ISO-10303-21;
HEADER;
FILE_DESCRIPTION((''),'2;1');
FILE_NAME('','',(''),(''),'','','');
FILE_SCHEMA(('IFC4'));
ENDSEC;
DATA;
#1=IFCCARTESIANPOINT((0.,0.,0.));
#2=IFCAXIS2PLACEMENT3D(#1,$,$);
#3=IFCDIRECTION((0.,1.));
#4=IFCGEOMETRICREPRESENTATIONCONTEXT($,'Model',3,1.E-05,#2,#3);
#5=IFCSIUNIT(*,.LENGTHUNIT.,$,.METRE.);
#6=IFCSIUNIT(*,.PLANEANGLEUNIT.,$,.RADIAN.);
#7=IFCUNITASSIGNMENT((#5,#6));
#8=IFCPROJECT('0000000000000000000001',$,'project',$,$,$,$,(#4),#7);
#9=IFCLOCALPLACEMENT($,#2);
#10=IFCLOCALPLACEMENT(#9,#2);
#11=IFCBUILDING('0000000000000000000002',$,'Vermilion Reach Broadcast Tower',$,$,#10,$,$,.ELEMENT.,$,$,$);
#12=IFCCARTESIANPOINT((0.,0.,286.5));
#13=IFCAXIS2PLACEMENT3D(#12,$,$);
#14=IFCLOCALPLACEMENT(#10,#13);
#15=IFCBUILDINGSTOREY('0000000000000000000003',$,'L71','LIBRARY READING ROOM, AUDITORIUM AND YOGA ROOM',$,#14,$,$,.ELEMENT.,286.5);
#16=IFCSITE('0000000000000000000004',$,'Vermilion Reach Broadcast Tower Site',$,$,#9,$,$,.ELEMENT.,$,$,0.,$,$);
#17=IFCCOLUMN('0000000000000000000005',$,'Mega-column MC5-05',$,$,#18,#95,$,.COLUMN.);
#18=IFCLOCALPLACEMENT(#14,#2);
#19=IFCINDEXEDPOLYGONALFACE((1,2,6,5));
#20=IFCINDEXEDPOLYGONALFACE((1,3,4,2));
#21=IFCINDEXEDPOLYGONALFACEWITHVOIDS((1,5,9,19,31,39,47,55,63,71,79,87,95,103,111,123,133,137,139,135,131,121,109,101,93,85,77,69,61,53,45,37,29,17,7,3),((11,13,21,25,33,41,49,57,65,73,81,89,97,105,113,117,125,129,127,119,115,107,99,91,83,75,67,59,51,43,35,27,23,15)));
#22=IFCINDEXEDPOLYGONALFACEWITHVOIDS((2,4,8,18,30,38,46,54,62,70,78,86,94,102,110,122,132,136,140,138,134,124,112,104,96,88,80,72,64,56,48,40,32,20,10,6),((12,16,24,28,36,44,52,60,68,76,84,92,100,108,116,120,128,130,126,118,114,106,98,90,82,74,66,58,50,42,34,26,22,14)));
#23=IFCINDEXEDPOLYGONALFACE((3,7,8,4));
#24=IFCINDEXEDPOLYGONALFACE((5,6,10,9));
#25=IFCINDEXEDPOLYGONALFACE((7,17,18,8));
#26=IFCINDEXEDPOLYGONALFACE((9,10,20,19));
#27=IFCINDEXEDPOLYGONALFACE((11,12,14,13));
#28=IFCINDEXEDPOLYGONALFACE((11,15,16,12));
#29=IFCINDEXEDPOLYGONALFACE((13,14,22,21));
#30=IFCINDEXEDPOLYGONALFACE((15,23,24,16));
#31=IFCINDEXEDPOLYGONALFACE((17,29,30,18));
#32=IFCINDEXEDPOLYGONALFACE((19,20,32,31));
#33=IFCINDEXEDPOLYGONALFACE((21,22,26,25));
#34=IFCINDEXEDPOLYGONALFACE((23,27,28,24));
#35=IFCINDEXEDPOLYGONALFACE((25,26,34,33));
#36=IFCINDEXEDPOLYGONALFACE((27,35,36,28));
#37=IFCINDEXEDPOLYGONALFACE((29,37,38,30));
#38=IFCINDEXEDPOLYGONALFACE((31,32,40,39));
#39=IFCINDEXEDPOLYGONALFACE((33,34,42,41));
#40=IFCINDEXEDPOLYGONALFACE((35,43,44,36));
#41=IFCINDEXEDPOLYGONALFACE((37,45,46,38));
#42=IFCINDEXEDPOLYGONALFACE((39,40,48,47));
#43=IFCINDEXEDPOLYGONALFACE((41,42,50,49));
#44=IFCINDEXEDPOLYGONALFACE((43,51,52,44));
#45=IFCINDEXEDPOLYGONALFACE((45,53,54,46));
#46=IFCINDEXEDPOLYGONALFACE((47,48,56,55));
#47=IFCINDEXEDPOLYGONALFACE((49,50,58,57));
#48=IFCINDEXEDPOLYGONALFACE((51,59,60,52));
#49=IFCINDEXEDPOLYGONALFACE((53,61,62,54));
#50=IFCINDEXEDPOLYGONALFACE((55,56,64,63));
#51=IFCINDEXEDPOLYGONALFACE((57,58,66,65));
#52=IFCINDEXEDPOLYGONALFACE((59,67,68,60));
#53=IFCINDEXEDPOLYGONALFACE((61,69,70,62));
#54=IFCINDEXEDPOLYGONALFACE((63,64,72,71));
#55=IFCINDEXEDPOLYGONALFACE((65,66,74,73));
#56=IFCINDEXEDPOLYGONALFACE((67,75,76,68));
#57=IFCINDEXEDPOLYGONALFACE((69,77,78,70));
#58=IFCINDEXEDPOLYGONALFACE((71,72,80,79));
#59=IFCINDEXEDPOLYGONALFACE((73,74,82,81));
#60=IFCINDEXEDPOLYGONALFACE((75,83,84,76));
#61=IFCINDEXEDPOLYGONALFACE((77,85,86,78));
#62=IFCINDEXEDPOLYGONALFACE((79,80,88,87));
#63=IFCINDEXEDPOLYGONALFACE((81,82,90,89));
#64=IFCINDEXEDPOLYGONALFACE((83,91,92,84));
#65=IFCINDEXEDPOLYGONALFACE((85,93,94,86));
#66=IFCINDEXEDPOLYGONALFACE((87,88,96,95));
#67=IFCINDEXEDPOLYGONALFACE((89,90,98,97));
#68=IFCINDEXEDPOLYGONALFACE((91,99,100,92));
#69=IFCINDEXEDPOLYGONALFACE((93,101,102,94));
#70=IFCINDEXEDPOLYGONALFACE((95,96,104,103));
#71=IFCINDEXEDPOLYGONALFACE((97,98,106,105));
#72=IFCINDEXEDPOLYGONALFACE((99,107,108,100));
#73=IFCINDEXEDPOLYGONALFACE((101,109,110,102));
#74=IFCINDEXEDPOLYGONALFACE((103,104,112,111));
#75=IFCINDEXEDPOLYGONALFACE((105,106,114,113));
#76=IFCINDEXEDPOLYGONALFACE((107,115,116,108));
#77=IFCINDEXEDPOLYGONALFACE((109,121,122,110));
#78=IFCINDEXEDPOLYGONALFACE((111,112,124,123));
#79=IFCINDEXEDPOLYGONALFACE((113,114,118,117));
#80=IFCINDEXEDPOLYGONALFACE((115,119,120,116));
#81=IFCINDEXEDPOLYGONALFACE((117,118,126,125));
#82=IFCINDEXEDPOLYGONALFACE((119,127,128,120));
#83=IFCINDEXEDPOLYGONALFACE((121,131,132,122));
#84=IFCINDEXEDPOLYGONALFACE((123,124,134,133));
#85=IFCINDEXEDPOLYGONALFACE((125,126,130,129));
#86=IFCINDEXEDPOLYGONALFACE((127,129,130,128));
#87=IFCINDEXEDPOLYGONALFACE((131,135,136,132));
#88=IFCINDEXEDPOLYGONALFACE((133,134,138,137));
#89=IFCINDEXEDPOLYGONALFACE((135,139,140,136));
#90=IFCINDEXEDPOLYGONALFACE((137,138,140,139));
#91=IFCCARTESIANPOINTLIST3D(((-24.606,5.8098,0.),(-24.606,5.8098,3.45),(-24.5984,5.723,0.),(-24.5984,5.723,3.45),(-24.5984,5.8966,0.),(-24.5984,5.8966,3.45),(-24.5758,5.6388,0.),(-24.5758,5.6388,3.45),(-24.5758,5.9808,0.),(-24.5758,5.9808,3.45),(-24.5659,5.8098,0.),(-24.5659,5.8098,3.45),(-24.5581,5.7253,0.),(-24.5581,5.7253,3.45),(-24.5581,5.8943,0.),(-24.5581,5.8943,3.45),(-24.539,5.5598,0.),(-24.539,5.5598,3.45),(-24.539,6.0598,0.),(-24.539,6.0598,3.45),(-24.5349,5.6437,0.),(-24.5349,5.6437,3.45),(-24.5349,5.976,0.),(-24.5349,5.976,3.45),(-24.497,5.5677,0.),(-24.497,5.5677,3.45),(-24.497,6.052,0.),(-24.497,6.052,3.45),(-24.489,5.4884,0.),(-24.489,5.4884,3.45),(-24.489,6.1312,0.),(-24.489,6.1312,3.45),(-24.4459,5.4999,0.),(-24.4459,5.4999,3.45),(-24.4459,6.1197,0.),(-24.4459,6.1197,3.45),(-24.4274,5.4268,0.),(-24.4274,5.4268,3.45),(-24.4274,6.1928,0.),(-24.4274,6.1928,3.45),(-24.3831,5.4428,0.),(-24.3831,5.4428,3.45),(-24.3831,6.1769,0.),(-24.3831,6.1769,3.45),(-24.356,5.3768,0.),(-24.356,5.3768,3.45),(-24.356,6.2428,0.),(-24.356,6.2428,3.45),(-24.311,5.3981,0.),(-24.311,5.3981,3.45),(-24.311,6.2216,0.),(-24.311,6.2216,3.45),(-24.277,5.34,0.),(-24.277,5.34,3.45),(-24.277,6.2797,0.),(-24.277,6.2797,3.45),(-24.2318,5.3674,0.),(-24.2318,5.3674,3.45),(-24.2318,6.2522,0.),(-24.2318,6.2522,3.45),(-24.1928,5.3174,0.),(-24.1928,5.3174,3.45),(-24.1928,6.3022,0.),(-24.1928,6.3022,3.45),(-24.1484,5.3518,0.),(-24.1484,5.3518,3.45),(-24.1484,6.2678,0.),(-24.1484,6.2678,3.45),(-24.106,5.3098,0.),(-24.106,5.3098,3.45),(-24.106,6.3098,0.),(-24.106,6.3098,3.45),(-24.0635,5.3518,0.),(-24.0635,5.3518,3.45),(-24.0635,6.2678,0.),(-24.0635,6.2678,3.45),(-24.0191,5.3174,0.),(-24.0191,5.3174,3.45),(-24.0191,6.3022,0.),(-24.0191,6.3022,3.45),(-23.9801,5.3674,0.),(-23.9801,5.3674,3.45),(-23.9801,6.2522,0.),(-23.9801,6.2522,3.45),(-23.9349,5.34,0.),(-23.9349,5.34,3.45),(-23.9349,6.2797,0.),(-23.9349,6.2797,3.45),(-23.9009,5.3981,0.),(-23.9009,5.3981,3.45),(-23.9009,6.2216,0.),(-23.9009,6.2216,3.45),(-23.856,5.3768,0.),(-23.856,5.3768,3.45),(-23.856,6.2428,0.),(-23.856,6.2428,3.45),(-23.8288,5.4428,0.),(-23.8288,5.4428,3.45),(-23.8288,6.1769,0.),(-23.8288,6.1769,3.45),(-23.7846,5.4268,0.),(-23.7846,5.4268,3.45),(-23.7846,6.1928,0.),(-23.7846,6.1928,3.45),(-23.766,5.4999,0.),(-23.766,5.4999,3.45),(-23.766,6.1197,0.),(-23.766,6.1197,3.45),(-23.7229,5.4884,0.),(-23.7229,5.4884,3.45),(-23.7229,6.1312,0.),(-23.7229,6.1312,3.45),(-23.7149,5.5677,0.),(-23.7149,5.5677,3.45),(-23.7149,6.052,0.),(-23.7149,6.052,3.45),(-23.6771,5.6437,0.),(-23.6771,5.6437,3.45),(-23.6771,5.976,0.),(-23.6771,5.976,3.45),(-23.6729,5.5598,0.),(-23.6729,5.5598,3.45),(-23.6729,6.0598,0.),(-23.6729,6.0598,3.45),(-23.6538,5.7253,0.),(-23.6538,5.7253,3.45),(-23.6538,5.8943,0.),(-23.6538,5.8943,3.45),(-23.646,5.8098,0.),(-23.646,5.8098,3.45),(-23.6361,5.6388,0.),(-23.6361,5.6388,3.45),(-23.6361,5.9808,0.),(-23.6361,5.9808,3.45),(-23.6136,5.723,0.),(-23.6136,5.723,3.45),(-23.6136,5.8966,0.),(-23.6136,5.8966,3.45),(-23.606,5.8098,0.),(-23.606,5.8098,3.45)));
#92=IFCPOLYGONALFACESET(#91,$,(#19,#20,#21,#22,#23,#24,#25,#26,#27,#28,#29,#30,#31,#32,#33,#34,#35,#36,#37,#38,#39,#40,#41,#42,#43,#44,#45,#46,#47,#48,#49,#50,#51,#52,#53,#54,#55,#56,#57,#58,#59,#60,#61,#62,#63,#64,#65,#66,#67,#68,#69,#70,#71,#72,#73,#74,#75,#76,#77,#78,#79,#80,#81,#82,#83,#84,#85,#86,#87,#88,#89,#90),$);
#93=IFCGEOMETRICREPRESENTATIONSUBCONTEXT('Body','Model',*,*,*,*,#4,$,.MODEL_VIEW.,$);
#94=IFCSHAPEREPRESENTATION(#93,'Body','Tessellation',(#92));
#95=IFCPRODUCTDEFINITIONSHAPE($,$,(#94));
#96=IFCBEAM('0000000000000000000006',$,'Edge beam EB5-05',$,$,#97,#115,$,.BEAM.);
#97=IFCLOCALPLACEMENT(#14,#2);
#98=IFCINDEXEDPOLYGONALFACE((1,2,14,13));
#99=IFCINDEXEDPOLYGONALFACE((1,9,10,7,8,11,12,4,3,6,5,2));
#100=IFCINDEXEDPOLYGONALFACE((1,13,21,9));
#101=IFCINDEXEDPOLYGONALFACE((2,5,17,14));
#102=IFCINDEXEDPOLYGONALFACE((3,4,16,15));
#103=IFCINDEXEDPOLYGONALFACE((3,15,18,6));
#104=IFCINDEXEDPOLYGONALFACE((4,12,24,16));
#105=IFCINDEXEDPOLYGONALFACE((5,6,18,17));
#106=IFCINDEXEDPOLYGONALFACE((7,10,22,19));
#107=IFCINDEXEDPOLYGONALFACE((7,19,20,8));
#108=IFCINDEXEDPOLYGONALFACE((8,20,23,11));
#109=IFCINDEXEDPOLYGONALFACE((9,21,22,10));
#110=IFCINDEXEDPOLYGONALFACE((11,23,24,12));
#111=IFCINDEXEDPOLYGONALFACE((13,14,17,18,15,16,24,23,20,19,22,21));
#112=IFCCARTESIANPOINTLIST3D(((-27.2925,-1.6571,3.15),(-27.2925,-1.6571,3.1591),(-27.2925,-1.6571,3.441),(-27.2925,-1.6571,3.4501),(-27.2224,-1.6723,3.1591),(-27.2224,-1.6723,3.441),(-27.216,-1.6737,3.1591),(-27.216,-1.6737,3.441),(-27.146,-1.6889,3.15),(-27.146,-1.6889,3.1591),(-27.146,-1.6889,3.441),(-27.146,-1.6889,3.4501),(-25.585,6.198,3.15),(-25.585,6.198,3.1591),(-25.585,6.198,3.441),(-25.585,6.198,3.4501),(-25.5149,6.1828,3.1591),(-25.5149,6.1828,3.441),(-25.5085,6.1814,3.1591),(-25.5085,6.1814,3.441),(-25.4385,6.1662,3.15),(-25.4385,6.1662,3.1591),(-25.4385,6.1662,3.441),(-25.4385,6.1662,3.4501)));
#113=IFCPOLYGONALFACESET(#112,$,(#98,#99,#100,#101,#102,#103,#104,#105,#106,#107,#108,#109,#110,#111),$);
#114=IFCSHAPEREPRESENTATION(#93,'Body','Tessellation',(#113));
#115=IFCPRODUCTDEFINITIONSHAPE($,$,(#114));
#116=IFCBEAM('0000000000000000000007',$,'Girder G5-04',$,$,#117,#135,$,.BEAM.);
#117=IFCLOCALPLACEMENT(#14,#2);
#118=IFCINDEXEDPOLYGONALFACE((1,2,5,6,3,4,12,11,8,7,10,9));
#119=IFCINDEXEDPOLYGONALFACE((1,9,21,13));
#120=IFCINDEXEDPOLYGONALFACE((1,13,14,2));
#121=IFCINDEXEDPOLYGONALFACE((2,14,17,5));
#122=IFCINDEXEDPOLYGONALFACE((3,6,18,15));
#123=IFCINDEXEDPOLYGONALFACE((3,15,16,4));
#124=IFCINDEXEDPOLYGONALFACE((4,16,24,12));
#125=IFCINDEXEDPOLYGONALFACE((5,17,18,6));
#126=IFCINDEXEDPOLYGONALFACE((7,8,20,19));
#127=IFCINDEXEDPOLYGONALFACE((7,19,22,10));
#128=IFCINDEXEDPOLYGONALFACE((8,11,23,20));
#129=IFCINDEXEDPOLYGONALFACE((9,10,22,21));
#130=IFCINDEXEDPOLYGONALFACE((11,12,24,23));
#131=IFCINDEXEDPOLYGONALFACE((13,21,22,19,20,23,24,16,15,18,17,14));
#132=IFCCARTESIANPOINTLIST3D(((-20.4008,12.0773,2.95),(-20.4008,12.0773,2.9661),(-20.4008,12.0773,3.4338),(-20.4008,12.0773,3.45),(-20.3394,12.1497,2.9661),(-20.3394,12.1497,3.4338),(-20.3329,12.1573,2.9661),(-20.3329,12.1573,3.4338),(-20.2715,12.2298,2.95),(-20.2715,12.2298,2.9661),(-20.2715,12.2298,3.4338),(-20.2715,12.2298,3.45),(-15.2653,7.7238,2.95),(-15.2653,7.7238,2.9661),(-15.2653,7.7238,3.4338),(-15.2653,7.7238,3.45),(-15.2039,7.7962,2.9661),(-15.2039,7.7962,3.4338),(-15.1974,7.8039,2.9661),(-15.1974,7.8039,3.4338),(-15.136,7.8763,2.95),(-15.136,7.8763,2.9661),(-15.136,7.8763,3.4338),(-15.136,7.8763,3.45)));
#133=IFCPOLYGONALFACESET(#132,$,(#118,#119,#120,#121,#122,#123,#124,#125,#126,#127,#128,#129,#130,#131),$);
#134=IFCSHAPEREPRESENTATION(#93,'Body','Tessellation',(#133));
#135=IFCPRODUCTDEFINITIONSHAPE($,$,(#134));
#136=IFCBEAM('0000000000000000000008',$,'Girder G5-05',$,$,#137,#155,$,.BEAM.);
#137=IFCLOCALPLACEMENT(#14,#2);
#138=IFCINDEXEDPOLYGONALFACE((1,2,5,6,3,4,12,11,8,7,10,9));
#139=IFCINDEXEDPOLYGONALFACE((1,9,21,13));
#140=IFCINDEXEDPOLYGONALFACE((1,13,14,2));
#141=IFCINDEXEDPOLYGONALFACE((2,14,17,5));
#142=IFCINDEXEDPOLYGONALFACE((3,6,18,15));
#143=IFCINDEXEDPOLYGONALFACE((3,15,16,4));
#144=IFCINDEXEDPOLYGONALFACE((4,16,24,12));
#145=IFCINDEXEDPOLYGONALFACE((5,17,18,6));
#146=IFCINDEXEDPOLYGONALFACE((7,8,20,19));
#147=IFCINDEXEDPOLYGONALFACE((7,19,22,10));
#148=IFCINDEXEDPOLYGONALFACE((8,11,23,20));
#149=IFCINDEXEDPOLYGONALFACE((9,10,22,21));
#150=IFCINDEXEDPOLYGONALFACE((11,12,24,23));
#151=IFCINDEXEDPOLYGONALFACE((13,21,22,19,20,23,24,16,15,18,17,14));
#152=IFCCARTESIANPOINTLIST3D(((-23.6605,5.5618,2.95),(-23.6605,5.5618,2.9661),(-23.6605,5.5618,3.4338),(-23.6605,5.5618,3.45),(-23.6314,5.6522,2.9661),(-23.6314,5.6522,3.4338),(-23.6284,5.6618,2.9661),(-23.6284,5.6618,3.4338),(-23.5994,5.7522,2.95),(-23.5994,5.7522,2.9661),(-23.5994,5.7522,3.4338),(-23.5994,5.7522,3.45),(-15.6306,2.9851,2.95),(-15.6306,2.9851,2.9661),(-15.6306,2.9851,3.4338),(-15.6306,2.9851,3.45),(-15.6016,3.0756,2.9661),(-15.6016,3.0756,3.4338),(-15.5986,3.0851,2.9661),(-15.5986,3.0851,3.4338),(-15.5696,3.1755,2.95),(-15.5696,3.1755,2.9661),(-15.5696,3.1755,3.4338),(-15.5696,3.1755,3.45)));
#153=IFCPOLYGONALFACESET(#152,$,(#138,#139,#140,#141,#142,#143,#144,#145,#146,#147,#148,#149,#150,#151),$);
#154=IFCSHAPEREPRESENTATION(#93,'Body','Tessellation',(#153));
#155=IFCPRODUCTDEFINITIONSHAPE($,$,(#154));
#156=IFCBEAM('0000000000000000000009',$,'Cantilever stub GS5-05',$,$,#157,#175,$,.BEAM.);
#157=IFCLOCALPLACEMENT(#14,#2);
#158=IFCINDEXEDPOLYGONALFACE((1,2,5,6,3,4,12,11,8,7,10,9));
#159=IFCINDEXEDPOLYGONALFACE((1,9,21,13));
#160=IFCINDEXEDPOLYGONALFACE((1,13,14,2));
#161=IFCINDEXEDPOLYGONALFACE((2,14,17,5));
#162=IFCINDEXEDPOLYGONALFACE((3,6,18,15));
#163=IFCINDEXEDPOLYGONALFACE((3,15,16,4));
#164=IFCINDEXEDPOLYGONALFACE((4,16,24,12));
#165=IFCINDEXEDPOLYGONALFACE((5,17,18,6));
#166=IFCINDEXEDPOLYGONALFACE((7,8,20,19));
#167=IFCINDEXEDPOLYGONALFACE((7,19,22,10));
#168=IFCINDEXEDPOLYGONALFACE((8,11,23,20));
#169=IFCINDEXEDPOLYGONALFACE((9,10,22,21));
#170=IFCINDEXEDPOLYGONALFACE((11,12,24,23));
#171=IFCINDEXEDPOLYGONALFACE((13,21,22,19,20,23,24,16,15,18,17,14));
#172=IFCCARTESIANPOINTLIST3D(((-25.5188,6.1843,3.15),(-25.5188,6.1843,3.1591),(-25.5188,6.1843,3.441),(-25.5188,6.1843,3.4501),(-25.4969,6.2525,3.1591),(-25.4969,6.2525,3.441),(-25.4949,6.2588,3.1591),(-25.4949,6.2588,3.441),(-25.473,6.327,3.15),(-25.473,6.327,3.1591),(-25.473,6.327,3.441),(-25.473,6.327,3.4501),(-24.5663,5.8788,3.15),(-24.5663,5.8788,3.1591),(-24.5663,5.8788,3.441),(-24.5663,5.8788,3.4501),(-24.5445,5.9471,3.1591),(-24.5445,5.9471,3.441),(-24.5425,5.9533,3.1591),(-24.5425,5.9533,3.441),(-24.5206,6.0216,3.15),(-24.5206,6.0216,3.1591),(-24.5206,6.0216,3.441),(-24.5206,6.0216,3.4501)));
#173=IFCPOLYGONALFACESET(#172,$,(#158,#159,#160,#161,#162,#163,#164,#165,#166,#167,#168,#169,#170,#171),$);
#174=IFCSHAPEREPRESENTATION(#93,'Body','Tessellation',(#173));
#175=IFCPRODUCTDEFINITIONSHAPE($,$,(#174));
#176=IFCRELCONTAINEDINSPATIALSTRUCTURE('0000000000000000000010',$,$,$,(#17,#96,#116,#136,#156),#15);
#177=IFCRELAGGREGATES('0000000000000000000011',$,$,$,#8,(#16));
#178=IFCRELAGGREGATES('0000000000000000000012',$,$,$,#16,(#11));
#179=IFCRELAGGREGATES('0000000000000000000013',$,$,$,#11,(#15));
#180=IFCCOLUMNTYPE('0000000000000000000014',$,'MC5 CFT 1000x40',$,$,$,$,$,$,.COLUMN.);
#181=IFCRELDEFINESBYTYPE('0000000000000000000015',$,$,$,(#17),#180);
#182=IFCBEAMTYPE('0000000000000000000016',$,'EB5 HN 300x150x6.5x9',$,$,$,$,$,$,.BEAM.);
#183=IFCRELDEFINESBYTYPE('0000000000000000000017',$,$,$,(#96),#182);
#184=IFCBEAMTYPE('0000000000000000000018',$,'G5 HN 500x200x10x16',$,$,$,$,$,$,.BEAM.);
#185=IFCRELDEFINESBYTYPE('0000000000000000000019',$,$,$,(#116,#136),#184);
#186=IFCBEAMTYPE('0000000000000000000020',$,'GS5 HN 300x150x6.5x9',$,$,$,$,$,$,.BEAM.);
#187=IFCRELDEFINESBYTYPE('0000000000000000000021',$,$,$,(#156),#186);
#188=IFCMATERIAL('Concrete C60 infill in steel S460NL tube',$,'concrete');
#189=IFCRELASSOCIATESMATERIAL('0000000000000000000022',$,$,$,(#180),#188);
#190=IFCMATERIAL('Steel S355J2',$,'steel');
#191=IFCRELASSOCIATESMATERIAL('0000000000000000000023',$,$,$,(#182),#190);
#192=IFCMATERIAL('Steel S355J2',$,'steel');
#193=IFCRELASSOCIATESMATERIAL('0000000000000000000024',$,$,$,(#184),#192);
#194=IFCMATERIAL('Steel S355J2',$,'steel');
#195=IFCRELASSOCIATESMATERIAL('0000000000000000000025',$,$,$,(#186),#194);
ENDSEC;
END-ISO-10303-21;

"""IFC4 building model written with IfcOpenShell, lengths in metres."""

from ifc_helpers import new_model, si_unit, direction, frame, origin, origin_2d, place, context, subcontext, project, spatial, hollow_circle, i_section, extrude, material, material_profile, profile_set, type_object, element, save


model = new_model("IFC4")

# Units and contexts
model_context = context("Model", 3, precision=1e-05, world=origin(), true_north=direction((0.0, 1.0)))
body_context = subcontext(model_context, "Body", "Model", "MODEL_VIEW")
ifc_project = project(units=[si_unit("LENGTHUNIT", "METRE"), si_unit("PLANEANGLEUNIT", "RADIAN")], contexts=[model_context])

# Site, building, storey
site_placement = place(None, origin())
site = spatial("IfcSite", under=ifc_project, at=site_placement, Name="Vermilion Reach Broadcast Tower Site", CompositionType="ELEMENT", RefElevation=0.0)
building_placement = place(site_placement, origin())
building = spatial("IfcBuilding", under=site, at=building_placement, Name="Vermilion Reach Broadcast Tower", CompositionType="ELEMENT")
storey_placement = place(building_placement, frame((0.0, 0.0, 286.5)))
storey = spatial("IfcBuildingStorey", under=building, at=storey_placement, Name="L71", Description="LIBRARY READING ROOM, AUDITORIUM AND YOGA ROOM", CompositionType="ELEMENT", Elevation=286.5)

# Column
ifc_material_1 = material(Name="Concrete C60 infill in steel S460NL tube", Category="concrete")
ifc_material_profile_1 = material_profile(ifc_material_1, hollow_circle(Radius=0.5, WallThickness=0.04, at=origin_2d()), Name="Concrete C60 infill in steel S460NL tube CFT 1000x40")
ifc_profile_set_1 = profile_set([ifc_material_profile_1], Name="Concrete C60 infill in steel S460NL tube")
column_type = type_object("IfcColumnType", Name="MC5 CFT 1000x40", PredefinedType="COLUMN", material=ifc_profile_set_1)
column_placement = place(storey_placement, frame((-24.106, 5.8098, 0.0), z_axis=(0.0, 0.0, 1.0), x_axis=(1.0, 0.0, 0.0)))
element("IfcColumn", 1, at=column_placement, inside=storey, type_object=column_type, Name="Mega-column MC5-05", PredefinedType="COLUMN", context=body_context, shape_type="SweptSolid", body=[
    extrude(hollow_circle(Radius=0.5, WallThickness=0.04, at=origin_2d()), origin(), (0.0, 0.0, 1.0), 3.45),
])

# Beams
ifc_material_2 = material(Name="Steel S355J2", Category="steel")
ifc_material_profile_2 = material_profile(ifc_material_2, i_section(OverallWidth=0.1499, OverallDepth=0.3, WebThickness=0.0066, FlangeThickness=0.009, at=origin_2d()), Name="S355J2 HN 300x150x6.5x9")
ifc_profile_set_2 = profile_set([ifc_material_profile_2], Name="Steel S355J2")
beam_type_1 = type_object("IfcBeamType", Name="EB5 HN 300x150x6.5x9", PredefinedType="BEAM", material=ifc_profile_set_2)
beam_1_placement = place(storey_placement, frame((-25.5117, 6.1821, 3.3), z_axis=(-0.212413, -0.97718, 0.0), x_axis=(0.97718, -0.212413, 0.0)))
element("IfcBeam", 2, at=beam_1_placement, inside=storey, type_object=beam_type_1, Name="Edge beam EB5-05", PredefinedType="BEAM", context=body_context, shape_type="SweptSolid", body=[
    extrude(i_section(OverallWidth=0.1499, OverallDepth=0.3, WebThickness=0.0066, FlangeThickness=0.009, at=origin_2d()), origin(), (0.0, 0.0, 1.0), 8.0386),
])
ifc_material_3 = material(Name="Steel S355J2", Category="steel")
ifc_material_profile_3 = material_profile(ifc_material_3, i_section(OverallWidth=0.2, OverallDepth=0.5, WebThickness=0.01, FlangeThickness=0.0161, at=origin_2d()), Name="S355J2 HN 500x200x10x16")
ifc_profile_set_3 = profile_set([ifc_material_profile_3], Name="Steel S355J2")
beam_type_2 = type_object("IfcBeamType", Name="G5 HN 500x200x10x16", PredefinedType="BEAM", material=ifc_profile_set_3)
beam_2_placement = place(storey_placement, frame((-15.2007, 7.8, 3.2), z_axis=(-0.762793, 0.646643, 0.0), x_axis=(-0.646643, -0.762793, 0.0)))
element("IfcBeam", 3, at=beam_2_placement, inside=storey, type_object=beam_type_2, Name="Girder G5-04", PredefinedType="BEAM", context=body_context, shape_type="SweptSolid", body=[
    extrude(i_section(OverallWidth=0.2, OverallDepth=0.5, WebThickness=0.01, FlangeThickness=0.0161, at=origin_2d()), origin(), (0.0, 0.0, 1.0), 6.7324),
])
beam_3_placement = place(storey_placement, frame((-15.6001, 3.0803, 3.2), z_axis=(-0.952178, 0.305542, 0.0), x_axis=(-0.305542, -0.952178, 0.0)))
element("IfcBeam", 4, at=beam_3_placement, inside=storey, type_object=beam_type_2, Name="Girder G5-05", PredefinedType="BEAM", context=body_context, shape_type="SweptSolid", body=[
    extrude(i_section(OverallWidth=0.2, OverallDepth=0.5, WebThickness=0.01, FlangeThickness=0.0161, at=origin_2d()), origin(), (0.0, 0.0, 1.0), 8.4331),
])
ifc_material_4 = material(Name="Steel S355J2", Category="steel")
ifc_material_profile_4 = material_profile(ifc_material_4, i_section(OverallWidth=0.1499, OverallDepth=0.3, WebThickness=0.0066, FlangeThickness=0.009, at=origin_2d()), Name="S355J2 HN 300x150x6.5x9")
ifc_profile_set_4 = profile_set([ifc_material_profile_4], Name="Steel S355J2")
beam_type_3 = type_object("IfcBeamType", Name="GS5 HN 300x150x6.5x9", PredefinedType="BEAM", material=ifc_profile_set_4)
beam_4_placement = place(storey_placement, frame((-24.5435, 5.9502, 3.3), z_axis=(-0.952234, 0.305369, 0.0), x_axis=(-0.305369, -0.952234, 0.0)))
element("IfcBeam", 5, at=beam_4_placement, inside=storey, type_object=beam_type_3, Name="Cantilever stub GS5-05", PredefinedType="BEAM", context=body_context, shape_type="SweptSolid", body=[
    extrude(i_section(OverallWidth=0.1499, OverallDepth=0.3, WebThickness=0.0066, FlangeThickness=0.009, at=origin_2d()), origin(), (0.0, 0.0, 1.0), 1.0002),
])

save(model, "model.ifc")
